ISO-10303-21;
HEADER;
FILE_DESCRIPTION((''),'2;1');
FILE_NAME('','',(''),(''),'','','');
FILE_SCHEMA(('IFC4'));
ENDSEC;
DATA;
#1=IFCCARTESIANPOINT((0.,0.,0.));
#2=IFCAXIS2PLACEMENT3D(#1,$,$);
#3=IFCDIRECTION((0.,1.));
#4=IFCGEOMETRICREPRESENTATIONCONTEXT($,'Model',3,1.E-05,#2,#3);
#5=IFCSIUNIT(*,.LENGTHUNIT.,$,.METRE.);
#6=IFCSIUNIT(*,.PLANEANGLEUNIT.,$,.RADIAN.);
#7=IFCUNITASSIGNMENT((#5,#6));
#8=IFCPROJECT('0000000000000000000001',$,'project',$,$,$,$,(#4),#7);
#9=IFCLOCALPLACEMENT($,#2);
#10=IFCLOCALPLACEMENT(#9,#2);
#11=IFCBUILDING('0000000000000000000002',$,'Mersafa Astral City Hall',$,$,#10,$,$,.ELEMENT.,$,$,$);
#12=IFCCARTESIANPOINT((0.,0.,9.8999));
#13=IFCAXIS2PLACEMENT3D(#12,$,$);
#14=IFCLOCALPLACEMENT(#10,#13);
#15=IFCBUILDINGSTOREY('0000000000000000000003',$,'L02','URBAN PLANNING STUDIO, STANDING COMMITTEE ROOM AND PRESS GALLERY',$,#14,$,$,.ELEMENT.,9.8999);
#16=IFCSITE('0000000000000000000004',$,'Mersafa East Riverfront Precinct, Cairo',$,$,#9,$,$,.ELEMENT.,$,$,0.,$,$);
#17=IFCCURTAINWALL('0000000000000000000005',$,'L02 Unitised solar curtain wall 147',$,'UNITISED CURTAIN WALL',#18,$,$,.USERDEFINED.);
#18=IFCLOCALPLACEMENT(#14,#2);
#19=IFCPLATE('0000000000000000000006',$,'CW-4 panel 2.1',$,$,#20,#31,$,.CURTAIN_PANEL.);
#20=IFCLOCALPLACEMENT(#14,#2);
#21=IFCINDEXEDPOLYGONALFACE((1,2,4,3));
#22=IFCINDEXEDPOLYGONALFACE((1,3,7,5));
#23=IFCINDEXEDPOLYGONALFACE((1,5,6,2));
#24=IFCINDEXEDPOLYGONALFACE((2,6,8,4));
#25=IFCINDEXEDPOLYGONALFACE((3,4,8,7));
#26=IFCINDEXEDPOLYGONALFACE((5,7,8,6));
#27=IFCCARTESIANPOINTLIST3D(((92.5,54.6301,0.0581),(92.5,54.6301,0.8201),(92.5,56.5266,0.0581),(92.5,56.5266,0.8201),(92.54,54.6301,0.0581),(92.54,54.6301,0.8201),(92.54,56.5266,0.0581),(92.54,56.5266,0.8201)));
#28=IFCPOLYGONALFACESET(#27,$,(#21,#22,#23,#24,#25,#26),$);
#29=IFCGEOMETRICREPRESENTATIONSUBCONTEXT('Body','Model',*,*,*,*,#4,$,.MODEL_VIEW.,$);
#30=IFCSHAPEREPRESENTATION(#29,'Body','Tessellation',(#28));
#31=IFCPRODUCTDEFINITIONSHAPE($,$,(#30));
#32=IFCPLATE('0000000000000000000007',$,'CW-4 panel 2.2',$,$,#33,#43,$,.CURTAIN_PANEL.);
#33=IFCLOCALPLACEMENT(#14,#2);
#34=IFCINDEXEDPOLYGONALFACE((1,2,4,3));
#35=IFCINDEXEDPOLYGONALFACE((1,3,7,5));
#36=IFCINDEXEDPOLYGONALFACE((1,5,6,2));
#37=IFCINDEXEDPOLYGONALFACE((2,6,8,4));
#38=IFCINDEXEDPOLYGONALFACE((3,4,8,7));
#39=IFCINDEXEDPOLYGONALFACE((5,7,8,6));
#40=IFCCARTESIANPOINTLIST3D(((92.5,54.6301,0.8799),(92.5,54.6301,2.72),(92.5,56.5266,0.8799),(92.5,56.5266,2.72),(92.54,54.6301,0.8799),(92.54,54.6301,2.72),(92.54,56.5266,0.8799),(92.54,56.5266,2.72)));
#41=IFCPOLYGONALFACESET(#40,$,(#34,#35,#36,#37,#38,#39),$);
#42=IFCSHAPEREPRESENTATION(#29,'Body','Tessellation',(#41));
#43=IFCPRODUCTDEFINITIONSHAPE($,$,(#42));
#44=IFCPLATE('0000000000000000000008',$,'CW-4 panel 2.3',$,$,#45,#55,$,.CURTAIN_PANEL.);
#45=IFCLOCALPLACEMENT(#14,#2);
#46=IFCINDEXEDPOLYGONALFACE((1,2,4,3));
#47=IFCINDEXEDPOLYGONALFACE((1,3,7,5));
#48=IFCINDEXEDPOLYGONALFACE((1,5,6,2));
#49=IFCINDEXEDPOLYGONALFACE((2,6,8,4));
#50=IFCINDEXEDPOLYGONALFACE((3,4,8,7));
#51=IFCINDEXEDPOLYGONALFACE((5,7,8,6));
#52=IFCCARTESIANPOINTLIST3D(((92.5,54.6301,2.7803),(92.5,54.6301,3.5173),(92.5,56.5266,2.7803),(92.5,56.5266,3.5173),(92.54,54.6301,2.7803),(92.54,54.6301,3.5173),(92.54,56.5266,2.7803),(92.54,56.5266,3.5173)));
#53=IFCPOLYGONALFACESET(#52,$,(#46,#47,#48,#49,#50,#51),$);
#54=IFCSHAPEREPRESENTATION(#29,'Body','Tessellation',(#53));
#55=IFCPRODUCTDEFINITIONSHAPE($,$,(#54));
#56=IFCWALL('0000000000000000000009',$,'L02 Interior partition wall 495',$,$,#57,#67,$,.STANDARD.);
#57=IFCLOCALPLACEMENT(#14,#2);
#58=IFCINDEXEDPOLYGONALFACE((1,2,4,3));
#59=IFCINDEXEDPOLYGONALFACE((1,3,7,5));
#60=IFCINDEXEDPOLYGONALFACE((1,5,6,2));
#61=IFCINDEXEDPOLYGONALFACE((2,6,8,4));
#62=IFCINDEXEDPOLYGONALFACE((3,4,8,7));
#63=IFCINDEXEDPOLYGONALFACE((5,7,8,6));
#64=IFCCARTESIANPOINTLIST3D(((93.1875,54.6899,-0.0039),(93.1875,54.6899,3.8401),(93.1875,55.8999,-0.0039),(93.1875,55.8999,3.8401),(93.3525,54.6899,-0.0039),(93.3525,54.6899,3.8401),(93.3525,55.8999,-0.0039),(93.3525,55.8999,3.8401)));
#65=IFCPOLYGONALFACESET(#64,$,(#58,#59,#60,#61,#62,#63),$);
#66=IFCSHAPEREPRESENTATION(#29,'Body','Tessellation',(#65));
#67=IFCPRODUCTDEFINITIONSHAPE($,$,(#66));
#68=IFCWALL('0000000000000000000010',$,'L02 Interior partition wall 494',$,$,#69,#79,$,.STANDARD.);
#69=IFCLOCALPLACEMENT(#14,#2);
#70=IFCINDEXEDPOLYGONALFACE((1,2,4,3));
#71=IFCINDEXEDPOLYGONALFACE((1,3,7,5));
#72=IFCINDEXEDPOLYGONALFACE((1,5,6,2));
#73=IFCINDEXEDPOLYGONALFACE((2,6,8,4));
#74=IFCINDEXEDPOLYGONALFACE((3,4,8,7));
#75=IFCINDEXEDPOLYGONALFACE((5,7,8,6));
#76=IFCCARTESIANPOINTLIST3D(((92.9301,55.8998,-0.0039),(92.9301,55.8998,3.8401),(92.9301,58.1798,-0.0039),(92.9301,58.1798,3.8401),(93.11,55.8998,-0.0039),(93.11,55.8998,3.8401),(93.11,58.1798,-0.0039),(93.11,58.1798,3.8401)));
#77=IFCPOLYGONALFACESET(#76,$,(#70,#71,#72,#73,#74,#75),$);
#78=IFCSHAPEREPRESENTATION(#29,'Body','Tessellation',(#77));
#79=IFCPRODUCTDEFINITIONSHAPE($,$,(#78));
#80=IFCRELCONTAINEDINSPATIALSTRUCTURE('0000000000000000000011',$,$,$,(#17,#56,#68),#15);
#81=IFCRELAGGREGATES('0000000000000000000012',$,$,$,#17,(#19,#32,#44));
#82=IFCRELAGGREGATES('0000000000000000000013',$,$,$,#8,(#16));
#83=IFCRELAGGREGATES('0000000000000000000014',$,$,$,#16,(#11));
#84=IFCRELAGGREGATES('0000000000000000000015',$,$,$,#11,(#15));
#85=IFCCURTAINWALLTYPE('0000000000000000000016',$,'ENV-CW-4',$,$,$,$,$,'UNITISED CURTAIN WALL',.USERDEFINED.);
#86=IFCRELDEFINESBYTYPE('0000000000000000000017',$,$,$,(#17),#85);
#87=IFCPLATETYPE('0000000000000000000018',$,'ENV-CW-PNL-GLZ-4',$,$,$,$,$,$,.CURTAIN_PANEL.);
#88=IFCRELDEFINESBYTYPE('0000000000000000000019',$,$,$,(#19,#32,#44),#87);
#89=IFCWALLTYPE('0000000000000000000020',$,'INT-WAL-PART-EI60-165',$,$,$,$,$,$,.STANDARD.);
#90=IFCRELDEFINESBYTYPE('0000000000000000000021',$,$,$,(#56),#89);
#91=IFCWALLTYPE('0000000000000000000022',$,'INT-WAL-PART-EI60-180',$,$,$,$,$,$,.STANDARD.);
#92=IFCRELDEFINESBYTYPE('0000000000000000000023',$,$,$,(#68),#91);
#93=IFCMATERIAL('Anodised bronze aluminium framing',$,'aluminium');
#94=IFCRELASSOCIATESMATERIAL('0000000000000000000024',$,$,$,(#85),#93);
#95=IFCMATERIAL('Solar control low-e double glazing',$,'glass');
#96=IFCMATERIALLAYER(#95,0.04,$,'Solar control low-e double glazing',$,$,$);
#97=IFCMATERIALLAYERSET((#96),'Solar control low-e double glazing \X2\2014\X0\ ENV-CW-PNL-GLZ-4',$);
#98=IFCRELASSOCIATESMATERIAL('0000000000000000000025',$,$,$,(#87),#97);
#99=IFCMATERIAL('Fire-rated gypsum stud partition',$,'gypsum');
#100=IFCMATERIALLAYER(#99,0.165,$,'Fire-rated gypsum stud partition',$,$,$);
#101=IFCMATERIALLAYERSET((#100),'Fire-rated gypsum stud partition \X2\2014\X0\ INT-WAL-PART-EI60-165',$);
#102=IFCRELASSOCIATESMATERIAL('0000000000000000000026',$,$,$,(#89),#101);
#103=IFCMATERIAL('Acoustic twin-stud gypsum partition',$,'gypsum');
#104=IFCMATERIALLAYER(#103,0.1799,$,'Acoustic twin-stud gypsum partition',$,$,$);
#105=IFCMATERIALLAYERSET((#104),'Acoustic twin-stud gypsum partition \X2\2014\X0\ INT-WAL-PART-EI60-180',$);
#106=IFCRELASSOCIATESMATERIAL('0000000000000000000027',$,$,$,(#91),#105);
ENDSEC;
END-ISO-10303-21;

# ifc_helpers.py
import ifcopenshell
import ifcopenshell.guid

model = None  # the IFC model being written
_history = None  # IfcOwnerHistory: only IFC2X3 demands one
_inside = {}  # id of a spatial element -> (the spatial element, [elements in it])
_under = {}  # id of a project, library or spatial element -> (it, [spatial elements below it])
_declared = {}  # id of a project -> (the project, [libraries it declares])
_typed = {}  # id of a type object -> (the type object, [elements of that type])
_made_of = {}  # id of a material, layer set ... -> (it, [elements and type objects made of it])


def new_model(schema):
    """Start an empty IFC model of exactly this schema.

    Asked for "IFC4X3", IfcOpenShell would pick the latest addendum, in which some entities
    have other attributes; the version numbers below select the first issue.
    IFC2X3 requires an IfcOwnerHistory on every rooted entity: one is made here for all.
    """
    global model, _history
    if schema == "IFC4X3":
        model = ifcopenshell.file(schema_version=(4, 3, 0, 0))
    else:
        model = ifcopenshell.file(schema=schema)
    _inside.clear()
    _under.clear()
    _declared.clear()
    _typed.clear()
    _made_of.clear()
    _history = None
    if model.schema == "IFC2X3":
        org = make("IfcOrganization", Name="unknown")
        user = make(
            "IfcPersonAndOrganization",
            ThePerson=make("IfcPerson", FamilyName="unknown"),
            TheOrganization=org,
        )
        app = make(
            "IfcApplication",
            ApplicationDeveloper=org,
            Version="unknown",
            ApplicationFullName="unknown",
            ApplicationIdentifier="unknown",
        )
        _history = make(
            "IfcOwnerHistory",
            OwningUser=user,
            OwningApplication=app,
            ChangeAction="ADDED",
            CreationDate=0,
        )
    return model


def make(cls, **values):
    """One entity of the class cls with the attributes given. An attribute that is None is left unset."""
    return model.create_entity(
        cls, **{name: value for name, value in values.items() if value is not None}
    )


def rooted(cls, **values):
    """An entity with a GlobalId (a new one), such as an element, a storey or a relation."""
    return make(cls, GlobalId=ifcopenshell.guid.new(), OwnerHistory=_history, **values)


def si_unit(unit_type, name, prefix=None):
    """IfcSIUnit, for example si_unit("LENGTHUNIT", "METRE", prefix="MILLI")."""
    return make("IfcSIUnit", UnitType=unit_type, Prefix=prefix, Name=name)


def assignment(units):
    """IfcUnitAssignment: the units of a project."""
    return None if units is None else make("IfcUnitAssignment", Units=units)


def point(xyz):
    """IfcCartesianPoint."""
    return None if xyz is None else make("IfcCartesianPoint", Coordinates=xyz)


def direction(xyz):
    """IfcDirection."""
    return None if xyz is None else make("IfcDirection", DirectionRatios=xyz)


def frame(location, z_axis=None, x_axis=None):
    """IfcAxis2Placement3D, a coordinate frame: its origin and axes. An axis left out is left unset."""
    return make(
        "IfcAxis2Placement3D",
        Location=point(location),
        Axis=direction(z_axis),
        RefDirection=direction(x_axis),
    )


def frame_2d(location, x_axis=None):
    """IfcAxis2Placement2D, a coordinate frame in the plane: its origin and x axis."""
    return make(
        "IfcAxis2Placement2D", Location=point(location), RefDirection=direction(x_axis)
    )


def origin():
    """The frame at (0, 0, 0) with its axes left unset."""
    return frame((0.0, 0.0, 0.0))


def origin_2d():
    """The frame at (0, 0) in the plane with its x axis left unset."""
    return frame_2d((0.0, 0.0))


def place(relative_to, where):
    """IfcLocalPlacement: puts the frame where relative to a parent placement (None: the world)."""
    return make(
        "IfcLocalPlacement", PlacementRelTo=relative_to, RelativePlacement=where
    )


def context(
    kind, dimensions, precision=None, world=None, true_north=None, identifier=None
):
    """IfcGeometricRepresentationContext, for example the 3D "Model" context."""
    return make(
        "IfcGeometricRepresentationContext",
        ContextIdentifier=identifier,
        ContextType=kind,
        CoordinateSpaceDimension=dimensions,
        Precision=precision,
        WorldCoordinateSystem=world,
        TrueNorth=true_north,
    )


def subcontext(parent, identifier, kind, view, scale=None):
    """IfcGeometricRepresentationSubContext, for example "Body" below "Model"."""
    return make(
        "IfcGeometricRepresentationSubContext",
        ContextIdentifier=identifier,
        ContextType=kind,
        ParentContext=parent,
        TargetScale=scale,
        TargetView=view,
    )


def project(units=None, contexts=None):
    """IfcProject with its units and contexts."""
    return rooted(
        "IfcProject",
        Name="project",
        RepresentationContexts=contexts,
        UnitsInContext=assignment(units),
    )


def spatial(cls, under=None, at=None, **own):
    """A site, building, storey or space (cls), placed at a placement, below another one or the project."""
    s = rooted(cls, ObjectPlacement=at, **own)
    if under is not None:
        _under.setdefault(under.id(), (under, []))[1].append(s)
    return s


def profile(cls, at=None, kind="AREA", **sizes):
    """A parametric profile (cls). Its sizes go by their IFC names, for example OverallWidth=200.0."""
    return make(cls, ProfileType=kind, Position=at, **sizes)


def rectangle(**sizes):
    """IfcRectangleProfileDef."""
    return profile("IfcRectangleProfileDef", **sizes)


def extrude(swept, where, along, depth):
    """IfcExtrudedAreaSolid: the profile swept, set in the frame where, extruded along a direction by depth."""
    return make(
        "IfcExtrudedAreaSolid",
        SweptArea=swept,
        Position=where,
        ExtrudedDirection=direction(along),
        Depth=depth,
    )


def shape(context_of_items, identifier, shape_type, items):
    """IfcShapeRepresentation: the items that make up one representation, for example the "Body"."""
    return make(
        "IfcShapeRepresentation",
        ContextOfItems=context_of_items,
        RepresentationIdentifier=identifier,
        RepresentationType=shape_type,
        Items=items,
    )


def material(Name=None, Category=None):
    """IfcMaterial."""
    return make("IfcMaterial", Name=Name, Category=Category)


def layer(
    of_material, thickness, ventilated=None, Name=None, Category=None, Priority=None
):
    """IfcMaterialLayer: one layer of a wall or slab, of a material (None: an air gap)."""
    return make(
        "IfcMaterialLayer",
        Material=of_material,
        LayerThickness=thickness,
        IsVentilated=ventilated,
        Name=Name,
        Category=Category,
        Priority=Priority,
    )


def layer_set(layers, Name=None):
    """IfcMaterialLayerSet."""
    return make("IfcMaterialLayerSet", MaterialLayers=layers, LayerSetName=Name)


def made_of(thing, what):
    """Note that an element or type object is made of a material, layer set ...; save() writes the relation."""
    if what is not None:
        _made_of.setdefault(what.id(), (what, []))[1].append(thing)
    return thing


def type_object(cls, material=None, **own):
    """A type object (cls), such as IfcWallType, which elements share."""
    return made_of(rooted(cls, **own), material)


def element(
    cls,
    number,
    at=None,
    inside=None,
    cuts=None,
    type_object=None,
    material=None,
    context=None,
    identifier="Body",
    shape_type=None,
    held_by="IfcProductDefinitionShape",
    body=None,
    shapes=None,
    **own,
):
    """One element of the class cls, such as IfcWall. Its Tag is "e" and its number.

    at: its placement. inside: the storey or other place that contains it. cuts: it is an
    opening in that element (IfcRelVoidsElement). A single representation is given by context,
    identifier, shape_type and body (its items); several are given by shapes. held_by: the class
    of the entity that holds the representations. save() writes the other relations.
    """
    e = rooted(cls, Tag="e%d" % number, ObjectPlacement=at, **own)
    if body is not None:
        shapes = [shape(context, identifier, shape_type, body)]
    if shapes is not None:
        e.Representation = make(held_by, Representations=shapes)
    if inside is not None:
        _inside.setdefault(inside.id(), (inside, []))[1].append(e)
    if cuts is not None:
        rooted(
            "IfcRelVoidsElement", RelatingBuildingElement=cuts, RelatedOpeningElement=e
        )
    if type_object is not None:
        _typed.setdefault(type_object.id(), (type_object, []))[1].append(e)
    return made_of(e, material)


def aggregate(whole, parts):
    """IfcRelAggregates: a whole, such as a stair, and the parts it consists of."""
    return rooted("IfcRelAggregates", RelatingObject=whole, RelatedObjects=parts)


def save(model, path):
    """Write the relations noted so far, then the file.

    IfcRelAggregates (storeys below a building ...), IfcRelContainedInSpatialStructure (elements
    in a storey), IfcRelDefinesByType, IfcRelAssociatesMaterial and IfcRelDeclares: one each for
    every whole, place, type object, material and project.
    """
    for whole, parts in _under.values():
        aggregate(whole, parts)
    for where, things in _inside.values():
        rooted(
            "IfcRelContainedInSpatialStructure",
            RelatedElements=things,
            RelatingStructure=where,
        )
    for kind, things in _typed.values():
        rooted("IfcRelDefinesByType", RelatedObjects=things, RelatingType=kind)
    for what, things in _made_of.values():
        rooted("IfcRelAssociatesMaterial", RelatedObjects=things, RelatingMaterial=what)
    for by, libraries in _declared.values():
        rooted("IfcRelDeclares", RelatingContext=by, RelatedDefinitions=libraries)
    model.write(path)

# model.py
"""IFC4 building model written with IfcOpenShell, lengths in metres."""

from ifc_helpers import new_model, si_unit, direction, frame, frame_2d, origin, origin_2d, place, context, subcontext, project, spatial, rectangle, extrude, material, layer, layer_set, type_object, element, aggregate, save


model = new_model("IFC4")

# Units and contexts
model_context = context("Model", 3, precision=1e-05, world=origin(), true_north=direction((0.0, 1.0)))
body_context = subcontext(model_context, "Body", "Model", "MODEL_VIEW")
ifc_project = project(units=[si_unit("LENGTHUNIT", "METRE"), si_unit("PLANEANGLEUNIT", "RADIAN")], contexts=[model_context])

# Site, building, storey
site_placement = place(None, origin())
site = spatial("IfcSite", under=ifc_project, at=site_placement, Name="Mersafa East Riverfront Precinct, Cairo", CompositionType="ELEMENT", RefElevation=0.0)
building_placement = place(site_placement, origin())
building = spatial("IfcBuilding", under=site, at=building_placement, Name="Mersafa Astral City Hall", CompositionType="ELEMENT")
storey_placement = place(building_placement, frame((0.0, 0.0, 9.8999)))
storey = spatial("IfcBuildingStorey", under=building, at=storey_placement, Name="L02", Description="URBAN PLANNING STUDIO, STANDING COMMITTEE ROOM AND PRESS GALLERY", CompositionType="ELEMENT", Elevation=9.8999)

# Curtain wall
ifc_material_1 = material(Name="Anodised bronze aluminium framing", Category="aluminium")
curtain_wall_type = type_object("IfcCurtainWallType", Name="ENV-CW-4", ElementType="UNITISED CURTAIN WALL", PredefinedType="USERDEFINED", material=ifc_material_1)
curtain_wall_placement = place(storey_placement, origin())
curtain_wall = element("IfcCurtainWall", 1, at=curtain_wall_placement, inside=storey, type_object=curtain_wall_type, Name="L02 Unitised solar curtain wall 147", ObjectType="UNITISED CURTAIN WALL", PredefinedType="USERDEFINED")

# Plates
ifc_material_2 = material(Name="Solar control low-e double glazing", Category="glass")
ifc_layer_1 = layer(ifc_material_2, 0.04, Name="Solar control low-e double glazing")
ifc_layer_set_1 = layer_set([ifc_layer_1], Name="Solar control low-e double glazing — ENV-CW-PNL-GLZ-4")
plate_type = type_object("IfcPlateType", Name="ENV-CW-PNL-GLZ-4", PredefinedType="CURTAIN_PANEL", material=ifc_layer_set_1)
plate_1_placement = place(storey_placement, frame((92.52, 55.5784, 0.0581), z_axis=(0.0, 0.0, 1.0), x_axis=(0.0, -1.0, 0.0)))
plate_1 = element("IfcPlate", 2, at=plate_1_placement, type_object=plate_type, Name="CW-4 panel 2.1", PredefinedType="CURTAIN_PANEL", context=body_context, shape_type="SweptSolid", body=[
    extrude(rectangle(XDim=1.8965, YDim=0.04, at=origin_2d()), origin(), (0.0, 0.0, 1.0), 0.762),
])
plate_2_placement = place(storey_placement, frame((92.52, 55.5784, 0.8799), z_axis=(0.0, 0.0, 1.0), x_axis=(0.0, -1.0, 0.0)))
plate_2 = element("IfcPlate", 3, at=plate_2_placement, type_object=plate_type, Name="CW-4 panel 2.2", PredefinedType="CURTAIN_PANEL", context=body_context, shape_type="SweptSolid", body=[
    extrude(rectangle(XDim=1.8965, YDim=0.04, at=origin_2d()), origin(), (0.0, 0.0, 1.0), 1.8401),
])
plate_3_placement = place(storey_placement, frame((92.52, 55.5784, 2.7803), z_axis=(0.0, 0.0, 1.0), x_axis=(0.0, -1.0, 0.0)))
plate_3 = element("IfcPlate", 4, at=plate_3_placement, type_object=plate_type, Name="CW-4 panel 2.3", PredefinedType="CURTAIN_PANEL", context=body_context, shape_type="SweptSolid", body=[
    extrude(rectangle(XDim=1.8965, YDim=0.04, at=origin_2d()), origin(), (0.0, 0.0, 1.0), 0.7371),
])
aggregate(curtain_wall, [plate_1, plate_2, plate_3])

# Walls
ifc_material_3 = material(Name="Fire-rated gypsum stud partition", Category="gypsum")
ifc_layer_2 = layer(ifc_material_3, 0.165, Name="Fire-rated gypsum stud partition")
ifc_layer_set_2 = layer_set([ifc_layer_2], Name="Fire-rated gypsum stud partition — INT-WAL-PART-EI60-165")
wall_type_1 = type_object("IfcWallType", Name="INT-WAL-PART-EI60-165", PredefinedType="STANDARD", material=ifc_layer_set_2)
wall_1_placement = place(storey_placement, frame((93.27, 55.8999, -0.0039), z_axis=(0.0, 0.0, 1.0), x_axis=(0.0, -1.0, 0.0)))
element("IfcWall", 5, at=wall_1_placement, inside=storey, type_object=wall_type_1, Name="L02 Interior partition wall 495", PredefinedType="STANDARD", context=body_context, shape_type="SweptSolid", body=[
    extrude(rectangle(XDim=1.21, YDim=0.165, at=frame_2d((0.605, 0.0))), origin(), (0.0, 0.0, 1.0), 3.844),
])
ifc_material_4 = material(Name="Acoustic twin-stud gypsum partition", Category="gypsum")
ifc_layer_3 = layer(ifc_material_4, 0.1799, Name="Acoustic twin-stud gypsum partition")
ifc_layer_set_3 = layer_set([ifc_layer_3], Name="Acoustic twin-stud gypsum partition — INT-WAL-PART-EI60-180")
wall_type_2 = type_object("IfcWallType", Name="INT-WAL-PART-EI60-180", PredefinedType="STANDARD", material=ifc_layer_set_3)
wall_2_placement = place(storey_placement, frame((93.02, 58.1799, -0.0039), z_axis=(0.0, 0.0, 1.0), x_axis=(0.0, -1.0, 0.0)))
element("IfcWall", 6, at=wall_2_placement, inside=storey, type_object=wall_type_2, Name="L02 Interior partition wall 494", PredefinedType="STANDARD", context=body_context, shape_type="SweptSolid", body=[
    extrude(rectangle(XDim=2.28, YDim=0.1799, at=frame_2d((1.1401, 0.0))), origin(), (0.0, 0.0, 1.0), 3.844),
])

save(model, "model.ifc")
